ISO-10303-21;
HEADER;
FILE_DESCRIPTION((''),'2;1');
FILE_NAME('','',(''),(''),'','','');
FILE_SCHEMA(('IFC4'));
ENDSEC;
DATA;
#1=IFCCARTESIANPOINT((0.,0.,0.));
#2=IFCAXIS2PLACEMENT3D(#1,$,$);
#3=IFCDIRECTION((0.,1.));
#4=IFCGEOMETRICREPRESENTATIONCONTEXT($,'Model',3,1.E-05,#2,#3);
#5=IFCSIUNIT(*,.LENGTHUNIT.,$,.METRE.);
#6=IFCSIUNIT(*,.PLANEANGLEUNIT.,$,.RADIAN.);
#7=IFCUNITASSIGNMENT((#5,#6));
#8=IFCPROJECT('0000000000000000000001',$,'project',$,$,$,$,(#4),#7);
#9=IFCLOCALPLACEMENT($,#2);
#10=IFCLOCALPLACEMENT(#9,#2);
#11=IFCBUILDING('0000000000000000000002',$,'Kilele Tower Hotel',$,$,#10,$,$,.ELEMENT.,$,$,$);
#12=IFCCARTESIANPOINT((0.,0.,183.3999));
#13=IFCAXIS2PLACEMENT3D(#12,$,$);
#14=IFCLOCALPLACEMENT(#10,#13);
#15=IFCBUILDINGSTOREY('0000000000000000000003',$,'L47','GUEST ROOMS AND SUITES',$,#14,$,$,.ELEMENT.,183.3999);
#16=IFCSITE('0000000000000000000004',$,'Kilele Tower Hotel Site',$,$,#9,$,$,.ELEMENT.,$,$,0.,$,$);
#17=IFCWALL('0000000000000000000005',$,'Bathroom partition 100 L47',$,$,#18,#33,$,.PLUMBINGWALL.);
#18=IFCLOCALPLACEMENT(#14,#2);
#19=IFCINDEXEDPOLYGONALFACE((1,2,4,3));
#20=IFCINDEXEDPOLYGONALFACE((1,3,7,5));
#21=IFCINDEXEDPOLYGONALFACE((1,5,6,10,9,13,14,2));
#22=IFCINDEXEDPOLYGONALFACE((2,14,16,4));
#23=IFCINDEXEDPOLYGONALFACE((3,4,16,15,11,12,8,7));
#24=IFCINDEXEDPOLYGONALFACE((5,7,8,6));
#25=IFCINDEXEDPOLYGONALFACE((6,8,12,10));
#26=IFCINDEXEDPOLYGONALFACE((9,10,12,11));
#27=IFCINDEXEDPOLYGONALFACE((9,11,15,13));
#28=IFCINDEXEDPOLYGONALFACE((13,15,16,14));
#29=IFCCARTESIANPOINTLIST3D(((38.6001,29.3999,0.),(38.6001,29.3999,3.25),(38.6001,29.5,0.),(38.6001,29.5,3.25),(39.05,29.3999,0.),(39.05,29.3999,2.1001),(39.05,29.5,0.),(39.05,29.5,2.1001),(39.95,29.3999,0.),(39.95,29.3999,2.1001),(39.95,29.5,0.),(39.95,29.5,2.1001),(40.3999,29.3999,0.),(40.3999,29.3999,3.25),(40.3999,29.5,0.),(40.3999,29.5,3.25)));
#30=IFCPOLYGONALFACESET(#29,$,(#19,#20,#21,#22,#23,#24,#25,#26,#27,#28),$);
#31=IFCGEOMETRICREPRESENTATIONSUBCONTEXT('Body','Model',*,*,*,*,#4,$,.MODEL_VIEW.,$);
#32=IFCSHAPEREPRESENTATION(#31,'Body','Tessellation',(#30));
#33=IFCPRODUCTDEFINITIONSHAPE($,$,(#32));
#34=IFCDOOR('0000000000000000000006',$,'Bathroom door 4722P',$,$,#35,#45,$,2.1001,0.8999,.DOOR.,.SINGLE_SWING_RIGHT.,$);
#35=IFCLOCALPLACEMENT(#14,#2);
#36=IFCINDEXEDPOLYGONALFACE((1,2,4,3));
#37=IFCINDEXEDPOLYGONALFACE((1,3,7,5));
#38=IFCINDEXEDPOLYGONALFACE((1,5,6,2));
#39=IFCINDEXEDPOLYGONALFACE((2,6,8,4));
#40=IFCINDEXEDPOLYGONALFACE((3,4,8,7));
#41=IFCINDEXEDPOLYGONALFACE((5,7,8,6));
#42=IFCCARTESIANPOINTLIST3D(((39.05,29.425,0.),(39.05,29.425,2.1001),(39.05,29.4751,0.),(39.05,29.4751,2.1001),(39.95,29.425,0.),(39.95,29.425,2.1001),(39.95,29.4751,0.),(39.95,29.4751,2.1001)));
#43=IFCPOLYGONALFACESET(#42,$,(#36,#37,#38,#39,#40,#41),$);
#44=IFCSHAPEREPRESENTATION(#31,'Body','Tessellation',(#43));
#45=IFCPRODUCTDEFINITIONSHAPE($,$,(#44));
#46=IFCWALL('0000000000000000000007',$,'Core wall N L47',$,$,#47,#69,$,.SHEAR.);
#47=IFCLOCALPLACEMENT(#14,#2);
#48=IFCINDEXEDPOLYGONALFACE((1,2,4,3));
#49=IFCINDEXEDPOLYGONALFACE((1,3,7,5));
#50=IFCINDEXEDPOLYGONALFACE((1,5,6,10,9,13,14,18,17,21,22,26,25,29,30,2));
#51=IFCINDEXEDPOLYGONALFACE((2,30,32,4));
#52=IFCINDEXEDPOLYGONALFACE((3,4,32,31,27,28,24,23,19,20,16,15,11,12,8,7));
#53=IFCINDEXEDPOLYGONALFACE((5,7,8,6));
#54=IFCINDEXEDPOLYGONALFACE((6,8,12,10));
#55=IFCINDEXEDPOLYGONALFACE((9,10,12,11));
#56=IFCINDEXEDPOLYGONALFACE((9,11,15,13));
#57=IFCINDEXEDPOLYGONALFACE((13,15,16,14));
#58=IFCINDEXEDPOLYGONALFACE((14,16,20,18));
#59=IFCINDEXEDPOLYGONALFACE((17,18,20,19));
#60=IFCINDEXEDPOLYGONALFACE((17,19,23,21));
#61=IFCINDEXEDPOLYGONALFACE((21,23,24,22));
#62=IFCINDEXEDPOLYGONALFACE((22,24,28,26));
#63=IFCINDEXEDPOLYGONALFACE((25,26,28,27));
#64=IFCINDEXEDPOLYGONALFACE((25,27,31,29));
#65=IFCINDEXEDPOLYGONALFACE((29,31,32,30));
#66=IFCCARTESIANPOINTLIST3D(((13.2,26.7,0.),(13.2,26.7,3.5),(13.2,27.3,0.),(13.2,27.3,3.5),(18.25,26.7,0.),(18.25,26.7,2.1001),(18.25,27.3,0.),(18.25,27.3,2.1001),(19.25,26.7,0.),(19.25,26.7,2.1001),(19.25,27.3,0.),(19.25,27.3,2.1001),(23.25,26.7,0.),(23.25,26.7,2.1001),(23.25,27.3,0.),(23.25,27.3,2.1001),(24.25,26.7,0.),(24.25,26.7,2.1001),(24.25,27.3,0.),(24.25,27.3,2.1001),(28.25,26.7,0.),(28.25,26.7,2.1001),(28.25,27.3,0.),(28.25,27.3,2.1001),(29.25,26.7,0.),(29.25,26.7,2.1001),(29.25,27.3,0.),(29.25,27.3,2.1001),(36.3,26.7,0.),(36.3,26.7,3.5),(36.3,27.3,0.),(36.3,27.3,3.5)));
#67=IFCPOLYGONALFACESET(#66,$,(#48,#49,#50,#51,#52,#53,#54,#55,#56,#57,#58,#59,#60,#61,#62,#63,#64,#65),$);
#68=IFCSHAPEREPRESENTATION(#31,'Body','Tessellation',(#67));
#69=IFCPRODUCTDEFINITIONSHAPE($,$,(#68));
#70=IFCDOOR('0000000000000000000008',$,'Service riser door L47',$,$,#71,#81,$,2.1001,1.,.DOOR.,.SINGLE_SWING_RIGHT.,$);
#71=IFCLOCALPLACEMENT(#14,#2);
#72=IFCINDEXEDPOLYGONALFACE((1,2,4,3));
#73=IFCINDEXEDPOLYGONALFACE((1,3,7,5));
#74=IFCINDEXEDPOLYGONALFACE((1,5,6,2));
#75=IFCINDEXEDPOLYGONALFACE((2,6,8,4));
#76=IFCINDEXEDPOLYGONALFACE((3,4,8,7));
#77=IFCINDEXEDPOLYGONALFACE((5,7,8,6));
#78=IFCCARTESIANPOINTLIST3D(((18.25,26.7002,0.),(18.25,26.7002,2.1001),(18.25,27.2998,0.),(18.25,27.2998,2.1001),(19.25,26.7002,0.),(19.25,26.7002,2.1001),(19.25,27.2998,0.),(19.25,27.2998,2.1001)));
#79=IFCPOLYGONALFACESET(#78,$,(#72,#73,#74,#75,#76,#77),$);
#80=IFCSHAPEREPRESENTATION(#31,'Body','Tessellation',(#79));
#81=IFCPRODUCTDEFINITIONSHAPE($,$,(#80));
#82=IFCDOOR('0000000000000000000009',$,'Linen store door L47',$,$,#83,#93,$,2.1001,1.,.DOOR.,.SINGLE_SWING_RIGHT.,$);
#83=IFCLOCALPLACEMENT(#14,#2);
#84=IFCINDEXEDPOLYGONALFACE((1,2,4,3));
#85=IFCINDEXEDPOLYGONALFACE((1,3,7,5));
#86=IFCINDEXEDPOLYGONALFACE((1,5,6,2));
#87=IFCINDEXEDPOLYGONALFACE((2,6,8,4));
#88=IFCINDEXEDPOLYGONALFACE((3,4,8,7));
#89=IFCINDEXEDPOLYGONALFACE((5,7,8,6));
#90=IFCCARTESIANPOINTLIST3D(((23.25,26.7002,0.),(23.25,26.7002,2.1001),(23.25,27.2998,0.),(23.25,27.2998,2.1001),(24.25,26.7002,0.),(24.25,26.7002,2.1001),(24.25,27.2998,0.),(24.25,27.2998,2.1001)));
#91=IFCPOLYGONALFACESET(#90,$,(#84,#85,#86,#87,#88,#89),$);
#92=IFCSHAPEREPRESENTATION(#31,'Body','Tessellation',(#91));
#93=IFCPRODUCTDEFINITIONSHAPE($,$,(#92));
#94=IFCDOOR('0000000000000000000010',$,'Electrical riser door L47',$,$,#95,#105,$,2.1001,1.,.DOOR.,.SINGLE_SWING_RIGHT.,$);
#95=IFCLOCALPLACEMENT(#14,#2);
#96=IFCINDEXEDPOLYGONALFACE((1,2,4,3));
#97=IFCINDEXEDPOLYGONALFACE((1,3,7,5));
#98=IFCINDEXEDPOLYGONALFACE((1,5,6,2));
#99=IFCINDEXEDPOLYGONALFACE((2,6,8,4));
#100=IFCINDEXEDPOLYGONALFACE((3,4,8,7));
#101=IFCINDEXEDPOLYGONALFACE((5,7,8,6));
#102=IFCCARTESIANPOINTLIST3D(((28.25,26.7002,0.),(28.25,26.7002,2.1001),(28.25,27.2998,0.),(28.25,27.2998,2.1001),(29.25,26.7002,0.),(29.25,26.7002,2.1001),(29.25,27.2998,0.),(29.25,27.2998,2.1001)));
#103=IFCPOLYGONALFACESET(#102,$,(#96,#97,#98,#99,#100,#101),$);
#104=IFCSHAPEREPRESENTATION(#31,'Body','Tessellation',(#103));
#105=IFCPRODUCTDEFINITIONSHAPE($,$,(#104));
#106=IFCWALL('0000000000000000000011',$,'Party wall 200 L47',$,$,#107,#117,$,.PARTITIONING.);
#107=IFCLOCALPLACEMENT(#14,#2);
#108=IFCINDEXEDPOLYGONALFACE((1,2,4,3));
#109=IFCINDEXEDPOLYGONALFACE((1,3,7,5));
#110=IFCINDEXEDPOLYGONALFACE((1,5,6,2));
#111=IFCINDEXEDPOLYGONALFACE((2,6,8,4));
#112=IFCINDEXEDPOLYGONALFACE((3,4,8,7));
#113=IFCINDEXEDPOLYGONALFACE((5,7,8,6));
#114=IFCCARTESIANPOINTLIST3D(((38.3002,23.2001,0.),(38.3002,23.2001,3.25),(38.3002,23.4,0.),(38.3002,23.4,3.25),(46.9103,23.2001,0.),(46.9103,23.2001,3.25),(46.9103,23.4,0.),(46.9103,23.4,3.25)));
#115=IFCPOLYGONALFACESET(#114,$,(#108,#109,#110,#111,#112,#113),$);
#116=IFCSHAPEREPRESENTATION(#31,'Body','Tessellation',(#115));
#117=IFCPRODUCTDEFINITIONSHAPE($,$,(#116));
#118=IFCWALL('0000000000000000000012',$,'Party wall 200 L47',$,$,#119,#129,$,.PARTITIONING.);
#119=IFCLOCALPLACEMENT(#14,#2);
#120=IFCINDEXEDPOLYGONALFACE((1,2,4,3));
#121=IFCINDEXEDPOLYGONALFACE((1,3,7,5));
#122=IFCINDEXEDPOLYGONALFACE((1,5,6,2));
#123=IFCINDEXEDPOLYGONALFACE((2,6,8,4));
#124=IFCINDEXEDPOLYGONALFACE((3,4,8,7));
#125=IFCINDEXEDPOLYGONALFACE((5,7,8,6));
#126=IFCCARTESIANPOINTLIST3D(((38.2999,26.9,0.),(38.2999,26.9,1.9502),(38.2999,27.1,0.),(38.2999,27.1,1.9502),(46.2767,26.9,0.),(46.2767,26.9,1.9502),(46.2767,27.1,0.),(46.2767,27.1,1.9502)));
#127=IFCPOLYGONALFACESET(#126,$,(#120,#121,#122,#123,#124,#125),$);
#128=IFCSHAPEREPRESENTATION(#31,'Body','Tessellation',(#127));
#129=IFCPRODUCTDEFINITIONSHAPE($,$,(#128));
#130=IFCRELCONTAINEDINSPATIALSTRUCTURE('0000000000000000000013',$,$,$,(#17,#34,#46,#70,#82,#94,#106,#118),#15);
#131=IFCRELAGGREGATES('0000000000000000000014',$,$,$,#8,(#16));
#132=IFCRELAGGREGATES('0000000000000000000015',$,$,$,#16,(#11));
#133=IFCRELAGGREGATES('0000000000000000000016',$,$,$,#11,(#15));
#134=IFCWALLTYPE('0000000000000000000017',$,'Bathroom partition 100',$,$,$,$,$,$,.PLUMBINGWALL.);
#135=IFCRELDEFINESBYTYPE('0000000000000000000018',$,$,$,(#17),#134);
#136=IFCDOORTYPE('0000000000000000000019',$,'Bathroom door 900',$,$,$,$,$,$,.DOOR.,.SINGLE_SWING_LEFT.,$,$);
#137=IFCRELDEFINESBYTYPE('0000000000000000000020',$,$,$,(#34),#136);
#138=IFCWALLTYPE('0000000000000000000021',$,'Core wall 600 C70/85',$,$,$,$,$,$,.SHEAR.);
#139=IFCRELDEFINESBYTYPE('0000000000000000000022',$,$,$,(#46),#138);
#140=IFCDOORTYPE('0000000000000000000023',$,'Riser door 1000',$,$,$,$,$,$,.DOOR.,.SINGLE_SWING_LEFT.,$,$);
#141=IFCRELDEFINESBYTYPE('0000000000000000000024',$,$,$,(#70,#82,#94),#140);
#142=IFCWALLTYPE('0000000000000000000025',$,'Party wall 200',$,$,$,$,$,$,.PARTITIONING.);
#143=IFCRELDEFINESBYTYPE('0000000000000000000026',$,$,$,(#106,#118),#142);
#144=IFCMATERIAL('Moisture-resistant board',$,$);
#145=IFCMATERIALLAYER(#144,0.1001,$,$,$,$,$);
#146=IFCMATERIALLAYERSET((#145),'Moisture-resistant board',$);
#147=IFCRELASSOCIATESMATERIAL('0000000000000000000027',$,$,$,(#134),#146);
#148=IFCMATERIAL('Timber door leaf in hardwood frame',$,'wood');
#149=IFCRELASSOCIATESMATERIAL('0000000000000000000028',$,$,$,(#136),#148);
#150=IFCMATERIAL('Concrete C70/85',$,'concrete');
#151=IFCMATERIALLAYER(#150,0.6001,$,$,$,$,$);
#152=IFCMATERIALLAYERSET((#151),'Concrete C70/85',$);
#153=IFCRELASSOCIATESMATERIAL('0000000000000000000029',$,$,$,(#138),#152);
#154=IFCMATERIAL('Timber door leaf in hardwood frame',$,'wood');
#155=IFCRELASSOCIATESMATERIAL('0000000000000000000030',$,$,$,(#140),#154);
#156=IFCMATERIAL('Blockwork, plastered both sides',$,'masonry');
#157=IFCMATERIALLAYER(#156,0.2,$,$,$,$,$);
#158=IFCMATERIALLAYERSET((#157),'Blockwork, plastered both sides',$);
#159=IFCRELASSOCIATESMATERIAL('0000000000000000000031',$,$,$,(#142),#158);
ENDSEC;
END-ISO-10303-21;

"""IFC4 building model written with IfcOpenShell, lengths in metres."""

from ifc_helpers import new_model, si_unit, direction, frame, frame_2d, origin, place, context, subcontext, project, spatial, rectangle, extrude, material, layer, layer_set, type_object, element, fill, save


model = new_model("IFC4")

# Units and contexts
model_context = context("Model", 3, precision=1e-05, world=origin(), true_north=direction((0.0, 1.0)))
body_context = subcontext(model_context, "Body", "Model", "MODEL_VIEW")
ifc_project = project(units=[si_unit("LENGTHUNIT", "METRE"), si_unit("PLANEANGLEUNIT", "RADIAN")], contexts=[model_context])

# Site, building, storey
site_placement = place(None, origin())
site = spatial("IfcSite", under=ifc_project, at=site_placement, Name="Kilele Tower Hotel Site", CompositionType="ELEMENT", RefElevation=0.0)
building_placement = place(site_placement, origin())
building = spatial("IfcBuilding", under=site, at=building_placement, Name="Kilele Tower Hotel", CompositionType="ELEMENT")
storey_placement = place(building_placement, frame((0.0, 0.0, 183.3999)))
storey = spatial("IfcBuildingStorey", under=building, at=storey_placement, Name="L47", Description="GUEST ROOMS AND SUITES", CompositionType="ELEMENT", Elevation=183.3999)

# Shared definitions
ifc_material_1 = material(Name="Moisture-resistant board")
ifc_layer_1 = layer(ifc_material_1, 0.1001)
ifc_layer_set_1 = layer_set([ifc_layer_1], Name="Moisture-resistant board")
wall_type_1 = type_object("IfcWallType", Name="Bathroom partition 100", PredefinedType="PLUMBINGWALL", material=ifc_layer_set_1)

# Shared definitions
ifc_material_2 = material(Name="Timber door leaf in hardwood frame", Category="wood")
door_type_1 = type_object("IfcDoorType", Name="Bathroom door 900", OperationType="SINGLE_SWING_LEFT", PredefinedType="DOOR", material=ifc_material_2)

# Wall, opening, door
wall_1_placement = place(storey_placement, frame((38.6001, 29.45, 0.0), z_axis=(0.0, 0.0, 1.0), x_axis=(1.0, 0.0, 0.0)))
wall_1 = element("IfcWall", 1, at=wall_1_placement, inside=storey, type_object=wall_type_1, Name="Bathroom partition 100 L47", PredefinedType="PLUMBINGWALL", context=body_context, shape_type="SweptSolid", body=[
    extrude(rectangle(XDim=1.7998, YDim=0.1001, at=frame_2d((0.8999, 0.0))), origin(), (0.0, 0.0, 1.0), 3.25),
])
opening_1_placement = place(wall_1_placement, frame((1.3499, 0.0, 0.0), z_axis=(0.0, 0.0, 1.0), x_axis=(-1.0, 0.0, 0.0)))
opening_1 = element("IfcOpeningElement", 2, at=opening_1_placement, cuts=wall_1, PredefinedType="OPENING", context=body_context, shape_type="SweptSolid", body=[
    extrude(rectangle(XDim=0.8999, YDim=2.1001, at=frame_2d((0.45, 1.05))), frame((0.0, 0.0601, 0.0), z_axis=(0.0, -1.0, 0.0), x_axis=(1.0, 0.0, 0.0)), (0.0, 0.0, 1.0), 0.1201),
])
door_1_placement = place(opening_1_placement, origin())
door_1 = element("IfcDoor", 3, at=door_1_placement, inside=storey, type_object=door_type_1, Name="Bathroom door 4722P", OperationType="SINGLE_SWING_RIGHT", OverallHeight=2.1001, OverallWidth=0.8999, PredefinedType="DOOR", context=body_context, shape_type="SweptSolid", body=[
    extrude(rectangle(XDim=0.8999, YDim=2.1001, at=frame_2d((0.45, 1.05))), frame((0.0, 0.0249, 0.0), z_axis=(0.0, -1.0, 0.0), x_axis=(1.0, 0.0, 0.0)), (0.0, 0.0, 1.0), 0.05),
])
fill(opening_1, door_1)

# Wall, openings, doors
ifc_material_3 = material(Name="Concrete C70/85", Category="concrete")
ifc_layer_2 = layer(ifc_material_3, 0.6001)
ifc_layer_set_2 = layer_set([ifc_layer_2], Name="Concrete C70/85")
wall_type_2 = type_object("IfcWallType", Name="Core wall 600 C70/85", PredefinedType="SHEAR", material=ifc_layer_set_2)
wall_2_placement = place(storey_placement, frame((36.3, 27.0, 0.0), z_axis=(0.0, 0.0, 1.0), x_axis=(-1.0, 0.0, 0.0)))
wall_2 = element("IfcWall", 4, at=wall_2_placement, inside=storey, type_object=wall_type_2, Name="Core wall N L47", PredefinedType="SHEAR", context=body_context, shape_type="SweptSolid", body=[
    extrude(rectangle(XDim=23.1001, YDim=0.6001, at=frame_2d((11.55, 0.0))), origin(), (0.0, 0.0, 1.0), 3.5),
])
opening_2_placement = place(wall_2_placement, frame((17.05, 0.0, 0.0)))
opening_2 = element("IfcOpeningElement", 5, at=opening_2_placement, cuts=wall_2, PredefinedType="OPENING", context=body_context, shape_type="SweptSolid", body=[
    extrude(rectangle(XDim=1.0, YDim=2.1001, at=frame_2d((0.5, 1.05))), frame((0.0, 0.3101, 0.0), z_axis=(0.0, -1.0, 0.0), x_axis=(1.0, 0.0, 0.0)), (0.0, 0.0, 1.0), 0.6201),
])
opening_3_placement = place(wall_2_placement, frame((12.05, 0.0, 0.0)))
opening_3 = element("IfcOpeningElement", 6, at=opening_3_placement, cuts=wall_2, PredefinedType="OPENING", context=body_context, shape_type="SweptSolid", body=[
    extrude(rectangle(XDim=1.0, YDim=2.1001, at=frame_2d((0.5, 1.05))), frame((0.0, 0.3101, 0.0), z_axis=(0.0, -1.0, 0.0), x_axis=(1.0, 0.0, 0.0)), (0.0, 0.0, 1.0), 0.6201),
])
opening_4_placement = place(wall_2_placement, frame((7.05, 0.0, 0.0)))
opening_4 = element("IfcOpeningElement", 7, at=opening_4_placement, cuts=wall_2, PredefinedType="OPENING", context=body_context, shape_type="SweptSolid", body=[
    extrude(rectangle(XDim=1.0, YDim=2.1001, at=frame_2d((0.5, 1.05))), frame((0.0, 0.3101, 0.0), z_axis=(0.0, -1.0, 0.0), x_axis=(1.0, 0.0, 0.0)), (0.0, 0.0, 1.0), 0.6201),
])
ifc_material_4 = material(Name="Timber door leaf in hardwood frame", Category="wood")
door_type_2 = type_object("IfcDoorType", Name="Riser door 1000", OperationType="SINGLE_SWING_LEFT", PredefinedType="DOOR", material=ifc_material_4)
door_2_placement = place(opening_2_placement, origin())
door_2 = element("IfcDoor", 8, at=door_2_placement, inside=storey, type_object=door_type_2, Name="Service riser door L47", OperationType="SINGLE_SWING_RIGHT", OverallHeight=2.1001, OverallWidth=1.0, PredefinedType="DOOR", context=body_context, shape_type="SweptSolid", body=[
    extrude(rectangle(XDim=1.0, YDim=2.1001, at=frame_2d((0.5, 1.05))), frame((0.0, 0.2998, 0.0), z_axis=(0.0, -1.0, 0.0), x_axis=(1.0, 0.0, 0.0)), (0.0, 0.0, 1.0), 0.5996),
])
fill(opening_2, door_2)
door_3_placement = place(opening_3_placement, origin())
door_3 = element("IfcDoor", 9, at=door_3_placement, inside=storey, type_object=door_type_2, Name="Linen store door L47", OperationType="SINGLE_SWING_RIGHT", OverallHeight=2.1001, OverallWidth=1.0, PredefinedType="DOOR", context=body_context, shape_type="SweptSolid", body=[
    extrude(rectangle(XDim=1.0, YDim=2.1001, at=frame_2d((0.5, 1.05))), frame((0.0, 0.2998, 0.0), z_axis=(0.0, -1.0, 0.0), x_axis=(1.0, 0.0, 0.0)), (0.0, 0.0, 1.0), 0.5996),
])
fill(opening_3, door_3)
door_4_placement = place(opening_4_placement, origin())
door_4 = element("IfcDoor", 10, at=door_4_placement, inside=storey, type_object=door_type_2, Name="Electrical riser door L47", OperationType="SINGLE_SWING_RIGHT", OverallHeight=2.1001, OverallWidth=1.0, PredefinedType="DOOR", context=body_context, shape_type="SweptSolid", body=[
    extrude(rectangle(XDim=1.0, YDim=2.1001, at=frame_2d((0.5, 1.05))), frame((0.0, 0.2998, 0.0), z_axis=(0.0, -1.0, 0.0), x_axis=(1.0, 0.0, 0.0)), (0.0, 0.0, 1.0), 0.5996),
])
fill(opening_4, door_4)

# Walls
ifc_material_5 = material(Name="Blockwork, plastered both sides", Category="masonry")
ifc_layer_3 = layer(ifc_material_5, 0.2)
ifc_layer_set_3 = layer_set([ifc_layer_3], Name="Blockwork, plastered both sides")
wall_type_3 = type_object("IfcWallType", Name="Party wall 200", PredefinedType="PARTITIONING", material=ifc_layer_set_3)
wall_3_placement = place(storey_placement, frame((38.3, 23.3, 0.0), z_axis=(0.0, 0.0, 1.0), x_axis=(1.0, 0.0, 0.0)))
element("IfcWall", 11, at=wall_3_placement, inside=storey, type_object=wall_type_3, Name="Party wall 200 L47", PredefinedType="PARTITIONING", context=body_context, shape_type="SweptSolid", body=[
    extrude(rectangle(XDim=8.6101, YDim=0.2, at=frame_2d((4.3052, 0.0))), origin(), (0.0, 0.0, 1.0), 3.25),
])
wall_4_placement = place(storey_placement, frame((38.3, 27.0, 0.0), z_axis=(0.0, 0.0, 1.0), x_axis=(1.0, 0.0, 0.0)))
element("IfcWall", 12, at=wall_4_placement, inside=storey, type_object=wall_type_3, Name="Party wall 200 L47", PredefinedType="PARTITIONING", context=body_context, shape_type="SweptSolid", body=[
    extrude(rectangle(XDim=7.9768, YDim=0.2, at=frame_2d((3.9883, 0.0))), origin(), (0.0, 0.0, 1.0), 1.9502),
])

save(model, "model.ifc")
